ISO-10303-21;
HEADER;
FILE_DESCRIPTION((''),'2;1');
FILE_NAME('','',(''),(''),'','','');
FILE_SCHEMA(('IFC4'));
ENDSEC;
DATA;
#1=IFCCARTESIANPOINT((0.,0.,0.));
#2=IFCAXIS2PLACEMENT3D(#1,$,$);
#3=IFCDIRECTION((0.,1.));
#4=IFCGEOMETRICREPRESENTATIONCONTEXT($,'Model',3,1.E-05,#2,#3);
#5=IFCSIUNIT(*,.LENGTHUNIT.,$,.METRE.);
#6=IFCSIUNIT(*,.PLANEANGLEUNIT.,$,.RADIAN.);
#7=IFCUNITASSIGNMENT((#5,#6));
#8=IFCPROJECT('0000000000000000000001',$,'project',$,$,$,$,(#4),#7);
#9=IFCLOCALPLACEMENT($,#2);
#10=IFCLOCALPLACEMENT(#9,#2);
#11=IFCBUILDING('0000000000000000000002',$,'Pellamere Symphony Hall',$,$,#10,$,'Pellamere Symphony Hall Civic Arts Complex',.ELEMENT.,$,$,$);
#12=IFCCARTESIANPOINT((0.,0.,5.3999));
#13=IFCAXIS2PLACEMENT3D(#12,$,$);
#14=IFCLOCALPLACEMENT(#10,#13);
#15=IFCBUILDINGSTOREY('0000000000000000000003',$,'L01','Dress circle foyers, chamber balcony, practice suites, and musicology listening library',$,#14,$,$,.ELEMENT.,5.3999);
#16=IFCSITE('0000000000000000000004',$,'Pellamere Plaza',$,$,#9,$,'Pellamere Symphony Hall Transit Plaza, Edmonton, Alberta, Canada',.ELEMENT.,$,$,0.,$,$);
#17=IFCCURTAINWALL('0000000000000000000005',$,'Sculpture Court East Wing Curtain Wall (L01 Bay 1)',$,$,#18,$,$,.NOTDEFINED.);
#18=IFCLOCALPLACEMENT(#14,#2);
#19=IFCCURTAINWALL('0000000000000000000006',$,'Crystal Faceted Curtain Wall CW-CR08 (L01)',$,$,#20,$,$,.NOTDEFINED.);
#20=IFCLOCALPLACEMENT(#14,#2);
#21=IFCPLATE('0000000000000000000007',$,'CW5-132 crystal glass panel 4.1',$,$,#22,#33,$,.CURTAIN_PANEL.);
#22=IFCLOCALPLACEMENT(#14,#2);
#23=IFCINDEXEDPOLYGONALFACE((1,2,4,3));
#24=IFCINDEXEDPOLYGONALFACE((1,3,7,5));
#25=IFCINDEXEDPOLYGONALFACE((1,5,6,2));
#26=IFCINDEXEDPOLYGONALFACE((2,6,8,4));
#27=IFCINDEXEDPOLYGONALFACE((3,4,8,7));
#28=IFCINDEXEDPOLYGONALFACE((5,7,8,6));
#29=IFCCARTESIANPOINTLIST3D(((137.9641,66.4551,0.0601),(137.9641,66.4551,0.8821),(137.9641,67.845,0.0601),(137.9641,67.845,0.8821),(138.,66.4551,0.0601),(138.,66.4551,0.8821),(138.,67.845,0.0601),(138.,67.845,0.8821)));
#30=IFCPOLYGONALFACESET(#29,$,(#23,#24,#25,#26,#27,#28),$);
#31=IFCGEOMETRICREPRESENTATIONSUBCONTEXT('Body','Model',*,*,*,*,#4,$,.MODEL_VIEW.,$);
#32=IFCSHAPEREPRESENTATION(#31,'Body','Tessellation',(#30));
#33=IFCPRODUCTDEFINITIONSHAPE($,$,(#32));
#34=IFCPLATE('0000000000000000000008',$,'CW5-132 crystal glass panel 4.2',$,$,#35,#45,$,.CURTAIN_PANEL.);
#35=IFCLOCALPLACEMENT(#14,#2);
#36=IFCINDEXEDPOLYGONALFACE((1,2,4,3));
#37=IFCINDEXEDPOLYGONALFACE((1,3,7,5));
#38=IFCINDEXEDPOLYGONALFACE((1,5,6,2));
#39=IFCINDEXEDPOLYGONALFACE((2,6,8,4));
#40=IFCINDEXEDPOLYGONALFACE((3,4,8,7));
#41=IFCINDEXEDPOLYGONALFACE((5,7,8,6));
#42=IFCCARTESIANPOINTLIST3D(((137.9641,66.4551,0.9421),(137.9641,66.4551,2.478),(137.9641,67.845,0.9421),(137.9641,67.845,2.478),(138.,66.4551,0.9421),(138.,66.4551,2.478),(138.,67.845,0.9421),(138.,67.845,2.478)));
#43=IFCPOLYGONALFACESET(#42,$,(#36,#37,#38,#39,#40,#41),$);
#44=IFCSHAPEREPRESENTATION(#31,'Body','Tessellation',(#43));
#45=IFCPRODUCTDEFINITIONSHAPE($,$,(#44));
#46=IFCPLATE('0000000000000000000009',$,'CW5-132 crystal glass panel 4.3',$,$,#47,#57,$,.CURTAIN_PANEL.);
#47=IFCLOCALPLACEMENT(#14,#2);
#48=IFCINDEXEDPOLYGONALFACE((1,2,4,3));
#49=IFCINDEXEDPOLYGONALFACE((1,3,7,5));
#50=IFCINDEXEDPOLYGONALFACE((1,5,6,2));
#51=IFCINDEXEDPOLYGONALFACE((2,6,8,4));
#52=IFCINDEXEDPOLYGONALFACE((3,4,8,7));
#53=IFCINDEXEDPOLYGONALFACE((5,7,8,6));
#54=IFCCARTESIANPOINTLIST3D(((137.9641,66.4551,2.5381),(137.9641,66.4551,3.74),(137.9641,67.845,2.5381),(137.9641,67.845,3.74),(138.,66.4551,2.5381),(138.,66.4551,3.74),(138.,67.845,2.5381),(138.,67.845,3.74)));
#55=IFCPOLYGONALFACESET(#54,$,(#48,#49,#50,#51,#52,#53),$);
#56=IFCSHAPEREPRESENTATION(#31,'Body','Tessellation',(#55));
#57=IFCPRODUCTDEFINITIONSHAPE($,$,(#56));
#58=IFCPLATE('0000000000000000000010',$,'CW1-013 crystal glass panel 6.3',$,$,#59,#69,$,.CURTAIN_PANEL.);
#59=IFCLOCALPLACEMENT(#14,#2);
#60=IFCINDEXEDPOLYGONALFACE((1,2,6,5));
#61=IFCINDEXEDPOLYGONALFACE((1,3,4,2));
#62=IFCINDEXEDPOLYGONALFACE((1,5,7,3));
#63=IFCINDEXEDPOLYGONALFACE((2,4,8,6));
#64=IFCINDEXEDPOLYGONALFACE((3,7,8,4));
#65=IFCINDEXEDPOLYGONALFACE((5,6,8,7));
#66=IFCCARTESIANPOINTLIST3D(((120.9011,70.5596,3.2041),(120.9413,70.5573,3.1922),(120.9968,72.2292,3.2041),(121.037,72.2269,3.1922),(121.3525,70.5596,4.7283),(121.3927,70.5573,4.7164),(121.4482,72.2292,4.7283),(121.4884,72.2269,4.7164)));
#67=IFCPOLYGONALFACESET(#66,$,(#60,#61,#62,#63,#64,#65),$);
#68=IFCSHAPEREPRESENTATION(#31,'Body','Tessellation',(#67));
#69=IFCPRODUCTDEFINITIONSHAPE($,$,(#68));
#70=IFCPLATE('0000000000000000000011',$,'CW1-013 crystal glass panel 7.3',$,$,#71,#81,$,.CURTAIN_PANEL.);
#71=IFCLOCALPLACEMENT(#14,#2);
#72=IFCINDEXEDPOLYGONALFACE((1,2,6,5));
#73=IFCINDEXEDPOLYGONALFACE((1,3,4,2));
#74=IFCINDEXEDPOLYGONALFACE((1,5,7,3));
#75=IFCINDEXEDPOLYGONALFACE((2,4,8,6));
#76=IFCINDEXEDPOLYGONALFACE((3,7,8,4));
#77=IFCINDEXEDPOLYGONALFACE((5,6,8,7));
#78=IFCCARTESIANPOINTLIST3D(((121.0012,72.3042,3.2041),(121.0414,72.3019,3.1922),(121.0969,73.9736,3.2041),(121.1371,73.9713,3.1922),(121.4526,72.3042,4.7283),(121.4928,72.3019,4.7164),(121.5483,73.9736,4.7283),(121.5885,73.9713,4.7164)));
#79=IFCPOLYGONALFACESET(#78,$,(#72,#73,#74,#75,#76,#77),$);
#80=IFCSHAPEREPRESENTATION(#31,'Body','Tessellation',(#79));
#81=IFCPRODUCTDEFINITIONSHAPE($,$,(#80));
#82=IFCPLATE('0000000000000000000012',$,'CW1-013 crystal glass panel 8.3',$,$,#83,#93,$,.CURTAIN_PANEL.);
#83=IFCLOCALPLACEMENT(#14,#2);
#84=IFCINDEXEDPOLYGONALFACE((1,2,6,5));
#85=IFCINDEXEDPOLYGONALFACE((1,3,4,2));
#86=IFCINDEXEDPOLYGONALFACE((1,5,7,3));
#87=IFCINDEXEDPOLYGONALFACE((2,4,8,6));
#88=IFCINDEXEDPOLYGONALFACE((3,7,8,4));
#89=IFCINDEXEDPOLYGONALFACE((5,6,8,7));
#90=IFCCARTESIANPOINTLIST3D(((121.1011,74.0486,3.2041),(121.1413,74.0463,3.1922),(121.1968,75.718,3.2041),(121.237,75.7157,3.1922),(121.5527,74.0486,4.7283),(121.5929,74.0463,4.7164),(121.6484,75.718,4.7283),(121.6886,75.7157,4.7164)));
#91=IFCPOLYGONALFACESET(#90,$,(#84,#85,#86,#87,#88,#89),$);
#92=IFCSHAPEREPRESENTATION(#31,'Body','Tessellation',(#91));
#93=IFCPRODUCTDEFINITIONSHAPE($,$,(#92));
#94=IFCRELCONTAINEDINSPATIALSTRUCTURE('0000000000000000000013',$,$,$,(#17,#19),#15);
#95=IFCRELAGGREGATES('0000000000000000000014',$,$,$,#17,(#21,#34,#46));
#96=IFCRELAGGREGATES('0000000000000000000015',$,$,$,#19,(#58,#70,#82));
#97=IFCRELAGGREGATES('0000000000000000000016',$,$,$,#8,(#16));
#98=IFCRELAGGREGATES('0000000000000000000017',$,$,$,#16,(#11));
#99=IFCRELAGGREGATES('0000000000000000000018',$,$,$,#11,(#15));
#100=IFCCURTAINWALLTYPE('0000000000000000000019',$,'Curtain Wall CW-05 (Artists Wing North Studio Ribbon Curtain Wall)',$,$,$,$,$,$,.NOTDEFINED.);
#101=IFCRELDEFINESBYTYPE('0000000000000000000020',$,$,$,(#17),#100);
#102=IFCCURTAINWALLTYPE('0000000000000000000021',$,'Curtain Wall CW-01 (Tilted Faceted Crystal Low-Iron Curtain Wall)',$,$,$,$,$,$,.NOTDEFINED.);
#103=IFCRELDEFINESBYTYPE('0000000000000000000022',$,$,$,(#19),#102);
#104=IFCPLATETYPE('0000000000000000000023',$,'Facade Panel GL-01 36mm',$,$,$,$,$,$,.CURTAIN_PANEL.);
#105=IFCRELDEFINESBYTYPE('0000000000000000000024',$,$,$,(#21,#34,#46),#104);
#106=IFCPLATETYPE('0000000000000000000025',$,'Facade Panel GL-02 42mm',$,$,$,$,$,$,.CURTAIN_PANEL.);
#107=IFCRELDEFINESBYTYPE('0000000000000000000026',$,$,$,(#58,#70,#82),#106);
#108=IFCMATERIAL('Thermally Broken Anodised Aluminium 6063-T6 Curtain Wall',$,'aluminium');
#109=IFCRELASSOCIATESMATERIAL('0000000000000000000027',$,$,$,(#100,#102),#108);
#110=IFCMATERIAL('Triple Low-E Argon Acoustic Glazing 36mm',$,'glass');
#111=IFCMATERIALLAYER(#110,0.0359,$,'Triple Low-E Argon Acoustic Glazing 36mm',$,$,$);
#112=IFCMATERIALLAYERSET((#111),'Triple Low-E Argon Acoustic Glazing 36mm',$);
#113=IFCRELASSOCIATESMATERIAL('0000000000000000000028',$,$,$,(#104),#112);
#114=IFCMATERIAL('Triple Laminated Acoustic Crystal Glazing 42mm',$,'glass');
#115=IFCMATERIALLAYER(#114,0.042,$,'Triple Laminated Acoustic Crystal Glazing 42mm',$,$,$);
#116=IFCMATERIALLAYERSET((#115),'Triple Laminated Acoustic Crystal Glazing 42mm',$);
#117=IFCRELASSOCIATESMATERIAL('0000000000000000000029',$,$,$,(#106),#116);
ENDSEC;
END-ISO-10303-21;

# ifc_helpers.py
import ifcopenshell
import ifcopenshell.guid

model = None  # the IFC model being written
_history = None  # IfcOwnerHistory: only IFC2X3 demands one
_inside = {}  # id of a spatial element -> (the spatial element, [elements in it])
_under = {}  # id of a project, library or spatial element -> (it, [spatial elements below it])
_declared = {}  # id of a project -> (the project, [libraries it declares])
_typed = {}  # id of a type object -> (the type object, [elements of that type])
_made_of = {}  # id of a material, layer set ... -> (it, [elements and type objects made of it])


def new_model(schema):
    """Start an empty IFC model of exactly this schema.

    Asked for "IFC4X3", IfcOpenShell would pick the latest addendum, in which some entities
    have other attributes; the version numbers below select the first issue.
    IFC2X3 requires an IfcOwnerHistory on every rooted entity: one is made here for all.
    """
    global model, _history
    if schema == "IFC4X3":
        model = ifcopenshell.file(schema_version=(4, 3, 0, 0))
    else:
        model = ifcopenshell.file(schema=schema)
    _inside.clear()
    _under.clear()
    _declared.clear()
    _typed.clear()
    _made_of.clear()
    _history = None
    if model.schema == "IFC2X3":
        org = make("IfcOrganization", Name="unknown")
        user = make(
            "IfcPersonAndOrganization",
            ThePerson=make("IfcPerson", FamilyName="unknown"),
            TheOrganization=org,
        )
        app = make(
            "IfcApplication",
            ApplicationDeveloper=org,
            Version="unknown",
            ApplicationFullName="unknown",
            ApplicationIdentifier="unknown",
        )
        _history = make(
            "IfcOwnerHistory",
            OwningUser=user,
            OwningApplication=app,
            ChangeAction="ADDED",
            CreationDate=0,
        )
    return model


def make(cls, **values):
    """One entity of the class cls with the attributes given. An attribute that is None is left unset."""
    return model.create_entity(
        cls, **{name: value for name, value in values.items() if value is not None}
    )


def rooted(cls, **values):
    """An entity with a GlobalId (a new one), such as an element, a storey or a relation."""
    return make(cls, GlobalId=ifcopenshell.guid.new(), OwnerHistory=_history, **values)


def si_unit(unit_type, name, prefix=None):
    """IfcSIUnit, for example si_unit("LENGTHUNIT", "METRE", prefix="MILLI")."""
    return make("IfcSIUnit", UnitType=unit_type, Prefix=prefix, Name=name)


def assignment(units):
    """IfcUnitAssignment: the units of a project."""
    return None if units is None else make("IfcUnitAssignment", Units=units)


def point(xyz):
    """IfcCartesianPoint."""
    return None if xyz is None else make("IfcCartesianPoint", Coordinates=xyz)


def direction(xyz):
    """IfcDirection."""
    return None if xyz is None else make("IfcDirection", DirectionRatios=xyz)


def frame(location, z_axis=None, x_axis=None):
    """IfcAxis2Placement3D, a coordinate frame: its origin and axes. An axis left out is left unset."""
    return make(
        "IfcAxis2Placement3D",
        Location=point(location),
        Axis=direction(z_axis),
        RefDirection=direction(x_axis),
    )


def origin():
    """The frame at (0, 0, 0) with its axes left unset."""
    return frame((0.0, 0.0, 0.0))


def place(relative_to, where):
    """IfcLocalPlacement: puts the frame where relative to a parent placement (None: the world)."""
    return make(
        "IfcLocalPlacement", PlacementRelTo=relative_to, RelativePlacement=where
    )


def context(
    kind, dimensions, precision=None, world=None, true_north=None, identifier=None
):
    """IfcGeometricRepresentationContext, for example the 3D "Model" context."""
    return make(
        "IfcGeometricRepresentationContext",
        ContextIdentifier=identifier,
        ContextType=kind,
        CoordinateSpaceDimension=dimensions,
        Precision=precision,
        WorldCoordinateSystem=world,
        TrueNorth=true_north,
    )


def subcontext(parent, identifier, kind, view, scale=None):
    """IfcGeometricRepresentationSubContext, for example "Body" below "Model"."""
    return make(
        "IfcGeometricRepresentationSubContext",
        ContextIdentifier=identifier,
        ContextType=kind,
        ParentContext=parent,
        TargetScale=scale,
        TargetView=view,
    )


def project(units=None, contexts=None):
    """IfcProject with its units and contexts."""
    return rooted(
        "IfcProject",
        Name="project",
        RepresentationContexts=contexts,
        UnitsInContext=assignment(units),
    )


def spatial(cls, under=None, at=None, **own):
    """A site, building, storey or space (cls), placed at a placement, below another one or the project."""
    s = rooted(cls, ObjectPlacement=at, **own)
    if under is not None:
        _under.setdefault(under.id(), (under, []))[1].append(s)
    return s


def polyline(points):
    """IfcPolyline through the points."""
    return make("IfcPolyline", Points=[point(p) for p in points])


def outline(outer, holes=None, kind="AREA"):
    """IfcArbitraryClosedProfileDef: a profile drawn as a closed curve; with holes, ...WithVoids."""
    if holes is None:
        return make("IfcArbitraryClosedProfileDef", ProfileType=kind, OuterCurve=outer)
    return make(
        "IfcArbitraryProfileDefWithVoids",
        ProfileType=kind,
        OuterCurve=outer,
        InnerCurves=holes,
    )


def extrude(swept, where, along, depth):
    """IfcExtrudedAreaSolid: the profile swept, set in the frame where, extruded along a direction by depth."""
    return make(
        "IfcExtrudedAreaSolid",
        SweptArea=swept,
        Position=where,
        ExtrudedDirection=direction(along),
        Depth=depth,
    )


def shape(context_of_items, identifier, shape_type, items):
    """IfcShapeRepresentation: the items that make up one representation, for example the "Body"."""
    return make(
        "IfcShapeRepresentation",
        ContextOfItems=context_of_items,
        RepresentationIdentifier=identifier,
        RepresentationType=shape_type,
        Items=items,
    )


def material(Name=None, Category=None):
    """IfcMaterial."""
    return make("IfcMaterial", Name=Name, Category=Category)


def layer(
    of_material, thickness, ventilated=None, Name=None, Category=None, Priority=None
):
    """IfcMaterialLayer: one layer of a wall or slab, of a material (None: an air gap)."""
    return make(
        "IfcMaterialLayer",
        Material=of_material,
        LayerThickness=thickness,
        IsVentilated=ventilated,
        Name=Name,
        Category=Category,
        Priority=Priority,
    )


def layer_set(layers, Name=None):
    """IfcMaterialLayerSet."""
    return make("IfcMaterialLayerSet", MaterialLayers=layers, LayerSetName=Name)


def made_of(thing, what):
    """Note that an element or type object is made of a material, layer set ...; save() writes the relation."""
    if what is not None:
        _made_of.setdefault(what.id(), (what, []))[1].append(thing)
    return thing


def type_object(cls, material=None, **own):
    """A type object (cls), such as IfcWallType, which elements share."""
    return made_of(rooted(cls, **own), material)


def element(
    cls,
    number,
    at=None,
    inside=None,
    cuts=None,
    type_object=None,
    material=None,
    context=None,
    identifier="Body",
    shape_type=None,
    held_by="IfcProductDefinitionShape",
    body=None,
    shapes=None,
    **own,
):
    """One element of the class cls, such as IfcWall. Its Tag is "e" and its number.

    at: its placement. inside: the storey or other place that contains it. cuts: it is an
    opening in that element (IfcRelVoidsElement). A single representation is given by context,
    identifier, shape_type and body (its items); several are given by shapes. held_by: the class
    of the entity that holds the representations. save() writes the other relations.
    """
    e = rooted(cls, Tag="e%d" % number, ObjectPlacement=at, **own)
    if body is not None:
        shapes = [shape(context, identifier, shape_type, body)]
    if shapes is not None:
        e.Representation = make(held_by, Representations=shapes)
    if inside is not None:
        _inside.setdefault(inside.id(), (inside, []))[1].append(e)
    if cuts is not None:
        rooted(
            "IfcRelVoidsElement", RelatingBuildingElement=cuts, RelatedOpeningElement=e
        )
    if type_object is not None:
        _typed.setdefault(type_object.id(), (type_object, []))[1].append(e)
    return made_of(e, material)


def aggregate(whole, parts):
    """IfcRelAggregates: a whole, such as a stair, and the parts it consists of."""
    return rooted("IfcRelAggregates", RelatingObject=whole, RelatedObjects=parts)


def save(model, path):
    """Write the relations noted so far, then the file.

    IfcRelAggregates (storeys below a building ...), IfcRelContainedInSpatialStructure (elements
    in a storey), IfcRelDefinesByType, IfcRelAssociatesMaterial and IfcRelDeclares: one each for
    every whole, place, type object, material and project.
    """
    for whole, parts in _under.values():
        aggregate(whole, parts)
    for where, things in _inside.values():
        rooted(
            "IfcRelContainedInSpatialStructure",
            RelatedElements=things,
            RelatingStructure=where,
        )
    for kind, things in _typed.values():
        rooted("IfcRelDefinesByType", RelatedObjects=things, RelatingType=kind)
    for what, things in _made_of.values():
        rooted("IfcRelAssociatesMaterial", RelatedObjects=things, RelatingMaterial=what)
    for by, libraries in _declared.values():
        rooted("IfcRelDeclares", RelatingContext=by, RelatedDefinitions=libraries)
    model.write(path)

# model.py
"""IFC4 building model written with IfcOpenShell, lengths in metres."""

from ifc_helpers import new_model, si_unit, direction, frame, origin, place, context, subcontext, project, spatial, polyline, outline, extrude, material, layer, layer_set, type_object, element, aggregate, save


model = new_model("IFC4")

# Units and contexts
model_context = context("Model", 3, precision=1e-05, world=origin(), true_north=direction((0.0, 1.0)))
body_context = subcontext(model_context, "Body", "Model", "MODEL_VIEW")
ifc_project = project(units=[si_unit("LENGTHUNIT", "METRE"), si_unit("PLANEANGLEUNIT", "RADIAN")], contexts=[model_context])

# Site, building, storey
site_placement = place(None, origin())
site = spatial("IfcSite", under=ifc_project, at=site_placement, Name="Pellamere Plaza", LongName="Pellamere Symphony Hall Transit Plaza, Edmonton, Alberta, Canada", CompositionType="ELEMENT", RefElevation=0.0)
building_placement = place(site_placement, origin())
building = spatial("IfcBuilding", under=site, at=building_placement, Name="Pellamere Symphony Hall", LongName="Pellamere Symphony Hall Civic Arts Complex", CompositionType="ELEMENT")
storey_placement = place(building_placement, frame((0.0, 0.0, 5.3999)))
storey = spatial("IfcBuildingStorey", under=building, at=storey_placement, Name="L01", Description="Dress circle foyers, chamber balcony, practice suites, and musicology listening library", CompositionType="ELEMENT", Elevation=5.3999)

# Curtain walls
ifc_material_1 = material(Name="Thermally Broken Anodised Aluminium 6063-T6 Curtain Wall", Category="aluminium")
curtain_wall_type_1 = type_object("IfcCurtainWallType", Name="Curtain Wall CW-05 (Artists Wing North Studio Ribbon Curtain Wall)", PredefinedType="NOTDEFINED", material=ifc_material_1)
curtain_wall_1_placement = place(storey_placement, origin())
curtain_wall_1 = element("IfcCurtainWall", 1, at=curtain_wall_1_placement, inside=storey, type_object=curtain_wall_type_1, Name="Sculpture Court East Wing Curtain Wall (L01 Bay 1)", PredefinedType="NOTDEFINED")
curtain_wall_type_2 = type_object("IfcCurtainWallType", Name="Curtain Wall CW-01 (Tilted Faceted Crystal Low-Iron Curtain Wall)", PredefinedType="NOTDEFINED", material=ifc_material_1)
curtain_wall_2_placement = place(storey_placement, origin())
curtain_wall_2 = element("IfcCurtainWall", 2, at=curtain_wall_2_placement, inside=storey, type_object=curtain_wall_type_2, Name="Crystal Faceted Curtain Wall CW-CR08 (L01)", PredefinedType="NOTDEFINED")

# Plates
ifc_material_2 = material(Name="Triple Low-E Argon Acoustic Glazing 36mm", Category="glass")
ifc_layer_1 = layer(ifc_material_2, 0.0359, Name="Triple Low-E Argon Acoustic Glazing 36mm")
ifc_layer_set_1 = layer_set([ifc_layer_1], Name="Triple Low-E Argon Acoustic Glazing 36mm")
plate_type_1 = type_object("IfcPlateType", Name="Facade Panel GL-01 36mm", PredefinedType="CURTAIN_PANEL", material=ifc_layer_set_1)
plate_1_placement = place(storey_placement, frame((138.0, 66.4551, 0.0601), z_axis=(1.0, 0.0, 0.0), x_axis=(0.0, 1.0, 0.0)))
plate_1 = element("IfcPlate", 3, at=plate_1_placement, type_object=plate_type_1, Name="CW5-132 crystal glass panel 4.1", PredefinedType="CURTAIN_PANEL", context=body_context, shape_type="SweptSolid", body=[
    extrude(outline(polyline([(0.0, 0.0), (1.3899, 0.0), (1.3899, 0.822), (0.0, 0.822), (0.0, 0.0)])), origin(), (0.0, 0.0, -1.0), 0.0359),
])
plate_2_placement = place(storey_placement, frame((138.0, 66.4551, 0.9421), z_axis=(1.0, 0.0, 0.0), x_axis=(0.0, 1.0, 0.0)))
plate_2 = element("IfcPlate", 4, at=plate_2_placement, type_object=plate_type_1, Name="CW5-132 crystal glass panel 4.2", PredefinedType="CURTAIN_PANEL", context=body_context, shape_type="SweptSolid", body=[
    extrude(outline(polyline([(0.0, 0.0), (1.3899, 0.0), (1.3899, 1.5359), (0.0, 1.5359), (0.0, 0.0)])), origin(), (0.0, 0.0, -1.0), 0.0359),
])
plate_3_placement = place(storey_placement, frame((138.0, 66.4551, 2.5381), z_axis=(1.0, 0.0, 0.0), x_axis=(0.0, 1.0, 0.0)))
plate_3 = element("IfcPlate", 5, at=plate_3_placement, type_object=plate_type_1, Name="CW5-132 crystal glass panel 4.3", PredefinedType="CURTAIN_PANEL", context=body_context, shape_type="SweptSolid", body=[
    extrude(outline(polyline([(0.0, 0.0), (1.3899, 0.0), (1.3899, 1.2019), (0.0, 1.2019), (0.0, 0.0)])), origin(), (0.0, 0.0, -1.0), 0.0359),
])
aggregate(curtain_wall_1, [plate_1, plate_2, plate_3])
ifc_material_3 = material(Name="Triple Laminated Acoustic Crystal Glazing 42mm", Category="glass")
ifc_layer_2 = layer(ifc_material_3, 0.042, Name="Triple Laminated Acoustic Crystal Glazing 42mm")
ifc_layer_set_2 = layer_set([ifc_layer_2], Name="Triple Laminated Acoustic Crystal Glazing 42mm")
plate_type_2 = type_object("IfcPlateType", Name="Facade Panel GL-02 42mm", PredefinedType="CURTAIN_PANEL", material=ifc_layer_set_2)
plate_4_placement = place(storey_placement, frame((120.9011, 70.5596, 3.2041), z_axis=(-0.957386, 0.054876, 0.283551), x_axis=(0.057224, 0.998361, 0.0)))
plate_4 = element("IfcPlate", 6, at=plate_4_placement, type_object=plate_type_2, Name="CW1-013 crystal glass panel 6.3", PredefinedType="CURTAIN_PANEL", context=body_context, shape_type="SweptSolid", body=[
    extrude(outline(polyline([(0.0, 0.0), (1.6724, 0.0), (1.6983, -1.5894), (0.0258, -1.5894), (0.0, 0.0)])), origin(), (0.0, 0.0, -1.0), 0.042),
])
plate_5_placement = place(storey_placement, frame((121.0012, 72.3042, 3.2041), z_axis=(-0.957385, 0.054884, 0.28355), x_axis=(0.057233, 0.998361, 0.0)))
plate_5 = element("IfcPlate", 7, at=plate_5_placement, type_object=plate_type_2, Name="CW1-013 crystal glass panel 7.3", PredefinedType="CURTAIN_PANEL", context=body_context, shape_type="SweptSolid", body=[
    extrude(outline(polyline([(0.0, 0.0), (1.6722, 0.0), (1.698, -1.5894), (0.0258, -1.5894), (0.0, 0.0)])), origin(), (0.0, 0.0, -1.0), 0.042),
])
plate_6_placement = place(storey_placement, frame((121.1011, 74.0486, 3.2041), z_axis=(-0.957344, 0.054881, 0.283692), x_axis=(0.057233, 0.998361, 0.0)))
plate_6 = element("IfcPlate", 8, at=plate_6_placement, type_object=plate_type_2, Name="CW1-013 crystal glass panel 8.3", PredefinedType="CURTAIN_PANEL", context=body_context, shape_type="SweptSolid", body=[
    extrude(outline(polyline([(0.0, 0.0), (1.6722, 0.0), (1.698, -1.5895), (0.0258, -1.5895), (0.0, 0.0)])), origin(), (0.0, 0.0, -1.0), 0.042),
])
aggregate(curtain_wall_2, [plate_4, plate_5, plate_6])

save(model, "model.ifc")
